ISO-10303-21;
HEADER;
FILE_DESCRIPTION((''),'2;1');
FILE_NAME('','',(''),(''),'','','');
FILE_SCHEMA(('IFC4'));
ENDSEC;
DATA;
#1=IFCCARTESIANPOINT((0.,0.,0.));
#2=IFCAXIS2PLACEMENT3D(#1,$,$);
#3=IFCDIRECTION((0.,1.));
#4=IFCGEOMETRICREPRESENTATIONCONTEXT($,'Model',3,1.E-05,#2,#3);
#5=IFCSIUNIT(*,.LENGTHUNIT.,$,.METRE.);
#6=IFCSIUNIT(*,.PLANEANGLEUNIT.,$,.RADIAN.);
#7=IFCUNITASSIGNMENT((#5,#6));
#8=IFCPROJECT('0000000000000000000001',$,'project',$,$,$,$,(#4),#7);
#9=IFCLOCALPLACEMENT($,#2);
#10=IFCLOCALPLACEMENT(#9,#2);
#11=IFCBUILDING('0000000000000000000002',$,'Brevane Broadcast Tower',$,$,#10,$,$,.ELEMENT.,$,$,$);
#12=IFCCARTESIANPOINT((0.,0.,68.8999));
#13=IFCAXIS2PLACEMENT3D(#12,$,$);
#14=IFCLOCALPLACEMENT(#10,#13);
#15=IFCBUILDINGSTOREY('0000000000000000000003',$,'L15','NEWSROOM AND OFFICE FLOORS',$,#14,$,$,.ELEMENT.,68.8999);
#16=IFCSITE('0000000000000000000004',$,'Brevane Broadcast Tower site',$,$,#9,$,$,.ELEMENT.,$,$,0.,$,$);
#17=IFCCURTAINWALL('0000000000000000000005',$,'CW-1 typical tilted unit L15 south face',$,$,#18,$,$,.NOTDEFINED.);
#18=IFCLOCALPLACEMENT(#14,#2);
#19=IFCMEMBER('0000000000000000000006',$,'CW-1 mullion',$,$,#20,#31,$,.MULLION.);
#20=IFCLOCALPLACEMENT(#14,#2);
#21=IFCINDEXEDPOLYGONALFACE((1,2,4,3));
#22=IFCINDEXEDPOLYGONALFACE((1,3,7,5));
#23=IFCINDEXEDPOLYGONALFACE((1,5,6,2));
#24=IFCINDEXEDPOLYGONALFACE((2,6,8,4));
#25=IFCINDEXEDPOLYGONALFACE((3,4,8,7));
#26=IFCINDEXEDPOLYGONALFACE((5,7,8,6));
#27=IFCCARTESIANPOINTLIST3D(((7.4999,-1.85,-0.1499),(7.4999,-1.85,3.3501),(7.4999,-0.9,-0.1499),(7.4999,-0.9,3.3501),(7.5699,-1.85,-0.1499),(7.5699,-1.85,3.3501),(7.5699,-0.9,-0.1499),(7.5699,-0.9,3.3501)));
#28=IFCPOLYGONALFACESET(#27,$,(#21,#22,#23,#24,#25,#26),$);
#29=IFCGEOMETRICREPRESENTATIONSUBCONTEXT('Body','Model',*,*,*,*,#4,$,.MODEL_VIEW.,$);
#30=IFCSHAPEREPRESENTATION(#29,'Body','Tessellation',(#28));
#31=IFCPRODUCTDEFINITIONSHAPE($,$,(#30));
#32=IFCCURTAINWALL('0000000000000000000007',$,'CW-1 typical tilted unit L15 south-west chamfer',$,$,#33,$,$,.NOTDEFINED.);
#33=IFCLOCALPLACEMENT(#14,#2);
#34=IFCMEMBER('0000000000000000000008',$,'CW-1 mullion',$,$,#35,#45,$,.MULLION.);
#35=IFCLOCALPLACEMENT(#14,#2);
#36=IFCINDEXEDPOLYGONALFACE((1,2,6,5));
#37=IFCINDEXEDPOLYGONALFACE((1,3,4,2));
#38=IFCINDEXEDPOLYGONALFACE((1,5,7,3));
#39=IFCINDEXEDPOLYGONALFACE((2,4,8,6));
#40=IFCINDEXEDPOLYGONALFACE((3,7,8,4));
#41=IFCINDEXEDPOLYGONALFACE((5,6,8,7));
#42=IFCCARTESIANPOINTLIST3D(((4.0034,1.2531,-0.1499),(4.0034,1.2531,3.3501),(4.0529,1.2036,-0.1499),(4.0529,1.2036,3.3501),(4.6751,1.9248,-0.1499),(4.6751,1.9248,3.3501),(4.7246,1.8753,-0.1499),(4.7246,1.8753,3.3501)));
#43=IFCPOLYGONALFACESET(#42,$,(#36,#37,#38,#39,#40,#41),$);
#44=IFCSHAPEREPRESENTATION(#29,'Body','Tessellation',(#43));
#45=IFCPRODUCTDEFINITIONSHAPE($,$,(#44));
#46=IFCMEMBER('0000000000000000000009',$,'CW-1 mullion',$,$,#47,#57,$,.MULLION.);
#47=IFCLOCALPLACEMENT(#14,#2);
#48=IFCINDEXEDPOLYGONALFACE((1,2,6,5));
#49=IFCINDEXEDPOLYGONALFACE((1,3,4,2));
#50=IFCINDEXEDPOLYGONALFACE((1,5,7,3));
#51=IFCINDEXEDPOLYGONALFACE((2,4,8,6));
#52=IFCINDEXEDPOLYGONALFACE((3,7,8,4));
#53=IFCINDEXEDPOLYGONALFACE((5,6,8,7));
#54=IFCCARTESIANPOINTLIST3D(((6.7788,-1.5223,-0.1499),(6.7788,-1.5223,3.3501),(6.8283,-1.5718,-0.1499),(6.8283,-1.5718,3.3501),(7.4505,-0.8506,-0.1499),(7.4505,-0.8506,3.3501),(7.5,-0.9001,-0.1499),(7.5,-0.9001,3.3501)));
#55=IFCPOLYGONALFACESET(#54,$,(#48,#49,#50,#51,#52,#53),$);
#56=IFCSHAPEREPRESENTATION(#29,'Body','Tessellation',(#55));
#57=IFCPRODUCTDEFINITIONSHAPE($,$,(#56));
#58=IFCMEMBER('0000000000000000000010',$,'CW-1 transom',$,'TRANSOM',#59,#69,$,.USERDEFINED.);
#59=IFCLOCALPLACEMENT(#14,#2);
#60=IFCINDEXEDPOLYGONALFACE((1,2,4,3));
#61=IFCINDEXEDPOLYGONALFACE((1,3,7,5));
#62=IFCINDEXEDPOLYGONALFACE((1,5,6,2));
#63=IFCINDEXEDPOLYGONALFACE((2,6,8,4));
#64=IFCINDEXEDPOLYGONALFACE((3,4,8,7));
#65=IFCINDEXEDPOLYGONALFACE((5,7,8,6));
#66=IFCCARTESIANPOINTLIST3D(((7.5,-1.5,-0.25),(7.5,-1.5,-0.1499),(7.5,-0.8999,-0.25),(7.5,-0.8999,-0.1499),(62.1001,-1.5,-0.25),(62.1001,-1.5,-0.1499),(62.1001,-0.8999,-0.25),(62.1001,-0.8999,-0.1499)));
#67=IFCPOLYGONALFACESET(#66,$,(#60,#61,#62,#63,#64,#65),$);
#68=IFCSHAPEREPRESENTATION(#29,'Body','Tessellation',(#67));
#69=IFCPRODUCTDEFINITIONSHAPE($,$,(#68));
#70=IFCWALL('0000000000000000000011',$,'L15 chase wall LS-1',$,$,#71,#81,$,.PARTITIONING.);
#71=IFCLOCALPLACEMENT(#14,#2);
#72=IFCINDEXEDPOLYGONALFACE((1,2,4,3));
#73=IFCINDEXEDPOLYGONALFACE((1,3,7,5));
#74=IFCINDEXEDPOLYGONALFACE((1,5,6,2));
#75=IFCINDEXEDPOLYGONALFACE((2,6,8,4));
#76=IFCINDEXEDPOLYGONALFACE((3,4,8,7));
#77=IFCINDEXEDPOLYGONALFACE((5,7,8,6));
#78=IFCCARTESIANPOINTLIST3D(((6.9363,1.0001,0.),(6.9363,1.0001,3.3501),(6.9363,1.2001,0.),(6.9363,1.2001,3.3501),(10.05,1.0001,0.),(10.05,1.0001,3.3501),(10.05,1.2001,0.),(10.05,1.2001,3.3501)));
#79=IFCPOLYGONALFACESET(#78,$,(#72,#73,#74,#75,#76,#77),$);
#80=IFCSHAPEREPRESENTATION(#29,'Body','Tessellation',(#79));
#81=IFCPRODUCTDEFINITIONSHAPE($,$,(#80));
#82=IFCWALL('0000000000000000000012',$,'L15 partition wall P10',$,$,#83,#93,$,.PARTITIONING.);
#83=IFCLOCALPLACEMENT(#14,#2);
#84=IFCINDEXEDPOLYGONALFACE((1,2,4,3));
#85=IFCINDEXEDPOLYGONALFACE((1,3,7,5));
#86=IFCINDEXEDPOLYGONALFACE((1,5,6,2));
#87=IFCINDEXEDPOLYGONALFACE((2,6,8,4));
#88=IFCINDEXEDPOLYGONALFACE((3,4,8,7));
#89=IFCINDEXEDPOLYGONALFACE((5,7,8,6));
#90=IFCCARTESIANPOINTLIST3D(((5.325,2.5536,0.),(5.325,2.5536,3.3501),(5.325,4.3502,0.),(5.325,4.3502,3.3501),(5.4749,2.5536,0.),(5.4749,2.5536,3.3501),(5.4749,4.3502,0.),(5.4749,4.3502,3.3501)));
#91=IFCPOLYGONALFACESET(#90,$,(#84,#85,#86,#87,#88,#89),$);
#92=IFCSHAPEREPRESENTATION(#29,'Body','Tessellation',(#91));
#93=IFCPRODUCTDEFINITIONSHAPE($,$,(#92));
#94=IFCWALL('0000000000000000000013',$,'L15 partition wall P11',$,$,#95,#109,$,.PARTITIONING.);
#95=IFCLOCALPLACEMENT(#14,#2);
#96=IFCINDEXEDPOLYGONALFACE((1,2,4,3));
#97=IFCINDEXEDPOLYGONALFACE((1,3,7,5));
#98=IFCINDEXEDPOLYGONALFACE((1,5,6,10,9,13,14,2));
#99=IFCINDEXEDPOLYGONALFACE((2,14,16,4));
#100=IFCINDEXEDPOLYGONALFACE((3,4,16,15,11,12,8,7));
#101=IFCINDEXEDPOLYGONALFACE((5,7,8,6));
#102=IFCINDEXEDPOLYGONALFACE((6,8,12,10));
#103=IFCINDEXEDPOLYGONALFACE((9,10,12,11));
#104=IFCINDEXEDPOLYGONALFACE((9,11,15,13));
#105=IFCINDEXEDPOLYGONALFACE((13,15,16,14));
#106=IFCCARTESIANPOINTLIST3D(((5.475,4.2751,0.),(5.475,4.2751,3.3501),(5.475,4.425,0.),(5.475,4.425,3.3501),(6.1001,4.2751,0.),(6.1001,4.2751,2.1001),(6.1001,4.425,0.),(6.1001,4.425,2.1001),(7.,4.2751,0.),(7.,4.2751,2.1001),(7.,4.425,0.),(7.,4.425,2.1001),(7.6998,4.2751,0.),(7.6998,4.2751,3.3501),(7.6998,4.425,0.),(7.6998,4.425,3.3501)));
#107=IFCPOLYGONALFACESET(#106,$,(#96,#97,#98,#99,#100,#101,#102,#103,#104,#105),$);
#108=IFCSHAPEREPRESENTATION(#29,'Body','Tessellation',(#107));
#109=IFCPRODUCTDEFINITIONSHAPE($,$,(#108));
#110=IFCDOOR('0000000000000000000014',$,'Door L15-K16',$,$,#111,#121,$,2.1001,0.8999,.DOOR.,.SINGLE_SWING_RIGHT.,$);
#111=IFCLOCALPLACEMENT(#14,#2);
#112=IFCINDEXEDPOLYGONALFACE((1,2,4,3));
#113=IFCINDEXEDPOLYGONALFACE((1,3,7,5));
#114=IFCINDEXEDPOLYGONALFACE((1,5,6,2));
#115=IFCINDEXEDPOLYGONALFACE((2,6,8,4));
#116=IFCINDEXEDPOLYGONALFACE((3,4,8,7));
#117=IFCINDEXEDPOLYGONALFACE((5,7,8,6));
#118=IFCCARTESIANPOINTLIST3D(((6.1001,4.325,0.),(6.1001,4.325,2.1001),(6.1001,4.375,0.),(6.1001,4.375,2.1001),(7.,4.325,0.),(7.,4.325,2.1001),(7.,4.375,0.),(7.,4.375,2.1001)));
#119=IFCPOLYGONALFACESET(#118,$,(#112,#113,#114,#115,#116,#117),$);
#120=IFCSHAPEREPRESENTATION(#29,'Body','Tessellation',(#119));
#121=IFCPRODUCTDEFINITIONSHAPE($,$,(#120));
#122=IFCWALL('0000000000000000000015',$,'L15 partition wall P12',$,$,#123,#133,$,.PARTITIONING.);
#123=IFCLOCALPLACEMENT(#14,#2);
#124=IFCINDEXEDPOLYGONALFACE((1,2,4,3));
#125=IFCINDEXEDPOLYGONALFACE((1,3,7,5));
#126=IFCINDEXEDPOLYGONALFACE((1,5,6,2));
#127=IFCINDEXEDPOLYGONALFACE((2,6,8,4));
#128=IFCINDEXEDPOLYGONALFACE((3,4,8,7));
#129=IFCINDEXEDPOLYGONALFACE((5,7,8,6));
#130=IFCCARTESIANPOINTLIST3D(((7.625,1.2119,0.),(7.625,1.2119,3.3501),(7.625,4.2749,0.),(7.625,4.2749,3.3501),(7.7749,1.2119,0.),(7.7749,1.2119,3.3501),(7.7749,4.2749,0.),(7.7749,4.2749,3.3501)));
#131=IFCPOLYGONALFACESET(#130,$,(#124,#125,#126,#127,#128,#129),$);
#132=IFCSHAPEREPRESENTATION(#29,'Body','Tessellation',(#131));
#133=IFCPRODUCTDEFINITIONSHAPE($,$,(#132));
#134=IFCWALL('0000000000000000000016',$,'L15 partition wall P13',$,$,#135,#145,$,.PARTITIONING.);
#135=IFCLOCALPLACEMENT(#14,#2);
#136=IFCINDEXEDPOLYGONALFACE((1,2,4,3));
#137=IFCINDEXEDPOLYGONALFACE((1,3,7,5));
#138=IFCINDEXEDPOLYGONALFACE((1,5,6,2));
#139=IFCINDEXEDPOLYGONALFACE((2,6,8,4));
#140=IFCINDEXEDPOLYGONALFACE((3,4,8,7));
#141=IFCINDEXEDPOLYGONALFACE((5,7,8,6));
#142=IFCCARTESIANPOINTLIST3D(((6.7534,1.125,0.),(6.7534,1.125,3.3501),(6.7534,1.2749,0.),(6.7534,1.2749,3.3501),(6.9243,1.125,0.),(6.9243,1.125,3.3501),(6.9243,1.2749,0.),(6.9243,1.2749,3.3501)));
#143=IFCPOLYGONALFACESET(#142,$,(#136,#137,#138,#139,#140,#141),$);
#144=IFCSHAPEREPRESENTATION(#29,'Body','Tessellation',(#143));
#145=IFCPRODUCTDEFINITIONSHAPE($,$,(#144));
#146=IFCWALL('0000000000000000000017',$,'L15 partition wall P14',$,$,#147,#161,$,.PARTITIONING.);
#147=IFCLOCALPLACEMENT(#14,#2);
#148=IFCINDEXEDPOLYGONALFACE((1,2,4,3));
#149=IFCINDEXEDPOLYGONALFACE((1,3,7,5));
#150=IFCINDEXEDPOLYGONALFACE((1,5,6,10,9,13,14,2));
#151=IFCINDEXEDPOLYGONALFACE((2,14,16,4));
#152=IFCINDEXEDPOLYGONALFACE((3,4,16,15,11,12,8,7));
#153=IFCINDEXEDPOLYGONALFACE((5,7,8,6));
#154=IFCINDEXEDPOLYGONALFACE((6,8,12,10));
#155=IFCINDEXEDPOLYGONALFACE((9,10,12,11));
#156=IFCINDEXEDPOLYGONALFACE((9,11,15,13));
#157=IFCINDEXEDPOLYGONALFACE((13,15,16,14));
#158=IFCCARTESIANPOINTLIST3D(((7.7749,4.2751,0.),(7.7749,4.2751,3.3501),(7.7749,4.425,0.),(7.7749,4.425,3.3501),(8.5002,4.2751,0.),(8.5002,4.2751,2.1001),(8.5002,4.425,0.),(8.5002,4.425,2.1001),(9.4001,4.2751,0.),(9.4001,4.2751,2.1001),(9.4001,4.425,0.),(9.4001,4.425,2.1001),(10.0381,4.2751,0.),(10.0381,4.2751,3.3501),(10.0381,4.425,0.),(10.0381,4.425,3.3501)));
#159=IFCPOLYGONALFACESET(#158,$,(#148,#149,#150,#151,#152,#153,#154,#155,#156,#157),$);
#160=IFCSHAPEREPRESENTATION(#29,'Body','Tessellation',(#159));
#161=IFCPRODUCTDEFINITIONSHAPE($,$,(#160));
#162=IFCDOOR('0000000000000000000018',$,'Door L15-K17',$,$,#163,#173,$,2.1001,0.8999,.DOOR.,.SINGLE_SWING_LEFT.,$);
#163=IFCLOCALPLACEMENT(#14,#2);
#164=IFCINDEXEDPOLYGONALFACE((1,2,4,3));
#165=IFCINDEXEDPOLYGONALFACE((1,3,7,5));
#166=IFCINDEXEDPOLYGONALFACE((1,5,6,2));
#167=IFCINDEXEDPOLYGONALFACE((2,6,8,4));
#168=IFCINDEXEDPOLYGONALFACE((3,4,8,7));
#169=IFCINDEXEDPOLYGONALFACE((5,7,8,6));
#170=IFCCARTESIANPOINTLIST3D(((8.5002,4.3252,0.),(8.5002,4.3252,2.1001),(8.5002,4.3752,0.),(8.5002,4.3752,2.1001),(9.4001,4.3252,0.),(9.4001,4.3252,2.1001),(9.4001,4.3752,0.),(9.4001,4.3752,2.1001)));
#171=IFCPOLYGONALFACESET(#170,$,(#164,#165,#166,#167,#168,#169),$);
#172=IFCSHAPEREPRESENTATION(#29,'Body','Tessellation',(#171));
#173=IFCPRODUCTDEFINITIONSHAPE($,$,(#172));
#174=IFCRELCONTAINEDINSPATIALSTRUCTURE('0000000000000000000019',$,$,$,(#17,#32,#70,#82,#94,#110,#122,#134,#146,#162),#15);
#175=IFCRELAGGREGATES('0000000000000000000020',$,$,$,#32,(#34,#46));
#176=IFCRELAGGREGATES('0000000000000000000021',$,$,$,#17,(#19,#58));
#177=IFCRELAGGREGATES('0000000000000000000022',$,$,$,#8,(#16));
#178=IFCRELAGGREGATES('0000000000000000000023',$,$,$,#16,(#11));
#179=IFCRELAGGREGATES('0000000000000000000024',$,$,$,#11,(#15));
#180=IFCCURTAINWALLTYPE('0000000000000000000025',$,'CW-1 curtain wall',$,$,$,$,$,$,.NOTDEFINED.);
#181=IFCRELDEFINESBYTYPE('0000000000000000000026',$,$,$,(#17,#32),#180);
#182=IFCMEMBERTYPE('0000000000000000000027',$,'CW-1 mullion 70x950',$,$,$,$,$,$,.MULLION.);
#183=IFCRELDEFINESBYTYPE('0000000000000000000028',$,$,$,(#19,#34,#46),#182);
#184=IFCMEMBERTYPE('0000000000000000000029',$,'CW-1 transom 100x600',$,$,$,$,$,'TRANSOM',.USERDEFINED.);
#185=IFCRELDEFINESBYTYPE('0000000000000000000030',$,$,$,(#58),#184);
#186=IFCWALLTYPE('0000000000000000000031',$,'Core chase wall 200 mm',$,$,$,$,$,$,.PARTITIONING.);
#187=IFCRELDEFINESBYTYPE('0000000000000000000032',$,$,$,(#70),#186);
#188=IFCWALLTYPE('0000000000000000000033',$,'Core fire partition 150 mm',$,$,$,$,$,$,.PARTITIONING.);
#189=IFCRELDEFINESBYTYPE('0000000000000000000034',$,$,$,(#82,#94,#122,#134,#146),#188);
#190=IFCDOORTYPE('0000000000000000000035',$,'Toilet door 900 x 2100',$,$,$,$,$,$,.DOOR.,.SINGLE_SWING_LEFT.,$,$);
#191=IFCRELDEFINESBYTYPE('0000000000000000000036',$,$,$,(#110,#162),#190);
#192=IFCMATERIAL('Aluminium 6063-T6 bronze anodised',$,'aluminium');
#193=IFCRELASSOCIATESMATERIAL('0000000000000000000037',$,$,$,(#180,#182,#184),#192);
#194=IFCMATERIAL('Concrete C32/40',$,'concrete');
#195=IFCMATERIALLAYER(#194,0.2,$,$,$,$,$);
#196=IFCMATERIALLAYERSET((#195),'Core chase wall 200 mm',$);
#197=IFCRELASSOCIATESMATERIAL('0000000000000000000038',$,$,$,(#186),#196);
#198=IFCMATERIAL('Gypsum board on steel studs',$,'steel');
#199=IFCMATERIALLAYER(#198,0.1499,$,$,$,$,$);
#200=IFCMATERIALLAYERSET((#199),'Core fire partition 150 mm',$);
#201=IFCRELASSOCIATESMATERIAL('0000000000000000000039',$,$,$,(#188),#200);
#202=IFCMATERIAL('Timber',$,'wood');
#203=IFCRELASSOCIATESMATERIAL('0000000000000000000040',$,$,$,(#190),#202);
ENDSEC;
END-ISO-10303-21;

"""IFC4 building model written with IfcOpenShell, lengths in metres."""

from ifc_helpers import new_model, si_unit, direction, frame, frame_2d, origin, origin_2d, place, context, subcontext, project, spatial, rectangle, extrude, material, layer, layer_set, material_profile, profile_set, type_object, element, fill, aggregate, save


model = new_model("IFC4")

# Units and contexts
model_context = context("Model", 3, precision=1e-05, world=origin(), true_north=direction((0.0, 1.0)))
body_context = subcontext(model_context, "Body", "Model", "MODEL_VIEW")
ifc_project = project(units=[si_unit("LENGTHUNIT", "METRE"), si_unit("PLANEANGLEUNIT", "RADIAN")], contexts=[model_context])

# Site, building, storey
site_placement = place(None, origin())
site = spatial("IfcSite", under=ifc_project, at=site_placement, Name="Brevane Broadcast Tower site", CompositionType="ELEMENT", RefElevation=0.0)
building_placement = place(site_placement, origin())
building = spatial("IfcBuilding", under=site, at=building_placement, Name="Brevane Broadcast Tower", CompositionType="ELEMENT")
storey_placement = place(building_placement, frame((0.0, 0.0, 68.8999)))
storey = spatial("IfcBuildingStorey", under=building, at=storey_placement, Name="L15", Description="NEWSROOM AND OFFICE FLOORS", CompositionType="ELEMENT", Elevation=68.8999)

# Curtain wall, member
ifc_material_1 = material(Name="Aluminium 6063-T6 bronze anodised", Category="aluminium")
curtain_wall_type = type_object("IfcCurtainWallType", Name="CW-1 curtain wall", PredefinedType="NOTDEFINED", material=ifc_material_1)
curtain_wall_1_placement = place(storey_placement, origin())
curtain_wall_1 = element("IfcCurtainWall", 1, at=curtain_wall_1_placement, inside=storey, type_object=curtain_wall_type, Name="CW-1 typical tilted unit L15 south face", PredefinedType="NOTDEFINED")
ifc_material_profile_1 = material_profile(ifc_material_1, rectangle(XDim=0.95, YDim=0.0701, at=origin_2d()), Name="RECT 70x950")
ifc_profile_set_1 = profile_set([ifc_material_profile_1], Name="Aluminium 6063-T6 bronze anodised")
member_type_1 = type_object("IfcMemberType", Name="CW-1 mullion 70x950", PredefinedType="MULLION", material=ifc_profile_set_1)
member_1_placement = place(storey_placement, frame((7.5349, -1.375, -0.1499), z_axis=(0.0, 0.0, 1.0), x_axis=(0.0, 1.0, 0.0)))
member_1 = element("IfcMember", 2, at=member_1_placement, type_object=member_type_1, Name="CW-1 mullion", PredefinedType="MULLION", context=body_context, shape_type="SweptSolid", body=[
    extrude(rectangle(XDim=0.95, YDim=0.0701, at=origin_2d()), origin(), (0.0, 0.0, 1.0), 3.5),
])

# Curtain wall, members
curtain_wall_2_placement = place(storey_placement, origin())
curtain_wall_2 = element("IfcCurtainWall", 3, at=curtain_wall_2_placement, inside=storey, type_object=curtain_wall_type, Name="CW-1 typical tilted unit L15 south-west chamfer", PredefinedType="NOTDEFINED")
member_2_placement = place(storey_placement, frame((4.364, 1.5642, -0.1499), z_axis=(0.0, 0.0, 1.0), x_axis=(0.707107, 0.707107, 0.0)))
member_2 = element("IfcMember", 4, at=member_2_placement, type_object=member_type_1, Name="CW-1 mullion", PredefinedType="MULLION", context=body_context, shape_type="SweptSolid", body=[
    extrude(rectangle(XDim=0.95, YDim=0.0701, at=origin_2d()), origin(), (0.0, 0.0, 1.0), 3.5),
])
member_3_placement = place(storey_placement, frame((7.1394, -1.2112, -0.1499), z_axis=(0.0, 0.0, 1.0), x_axis=(0.707107, 0.707107, 0.0)))
member_3 = element("IfcMember", 5, at=member_3_placement, type_object=member_type_1, Name="CW-1 mullion", PredefinedType="MULLION", context=body_context, shape_type="SweptSolid", body=[
    extrude(rectangle(XDim=0.95, YDim=0.0701, at=origin_2d()), origin(), (0.0, 0.0, 1.0), 3.5),
])
aggregate(curtain_wall_2, [member_2, member_3])

# Member
ifc_material_profile_2 = material_profile(ifc_material_1, rectangle(XDim=0.6001, YDim=0.1001, at=origin_2d()), Name="RECT 100x600")
ifc_profile_set_2 = profile_set([ifc_material_profile_2], Name="Aluminium 6063-T6 bronze anodised")
member_type_2 = type_object("IfcMemberType", Name="CW-1 transom 100x600", ElementType="TRANSOM", PredefinedType="USERDEFINED", material=ifc_profile_set_2)
member_4_placement = place(storey_placement, frame((7.5, -1.2, -0.2), z_axis=(1.0, 0.0, 0.0), x_axis=(0.0, 1.0, 0.0)))
member_4 = element("IfcMember", 6, at=member_4_placement, type_object=member_type_2, Name="CW-1 transom", ObjectType="TRANSOM", PredefinedType="USERDEFINED", context=body_context, shape_type="SweptSolid", body=[
    extrude(rectangle(XDim=0.6001, YDim=0.1001, at=origin_2d()), origin(), (0.0, 0.0, 1.0), 54.6001),
])
aggregate(curtain_wall_1, [member_1, member_4])

# Walls
ifc_material_2 = material(Name="Concrete C32/40", Category="concrete")
ifc_layer_1 = layer(ifc_material_2, 0.2)
ifc_layer_set_1 = layer_set([ifc_layer_1], Name="Core chase wall 200 mm")
wall_type_1 = type_object("IfcWallType", Name="Core chase wall 200 mm", PredefinedType="PARTITIONING", material=ifc_layer_set_1)
wall_1_placement = place(storey_placement, frame((6.9363, 1.1001, 0.0), z_axis=(0.0, 0.0, 1.0), x_axis=(1.0, 0.0, 0.0)))
element("IfcWall", 7, at=wall_1_placement, inside=storey, type_object=wall_type_1, Name="L15 chase wall LS-1", PredefinedType="PARTITIONING", context=body_context, shape_type="SweptSolid", body=[
    extrude(rectangle(XDim=3.1138, YDim=0.2, at=frame_2d((1.5569, 0.0))), origin(), (0.0, 0.0, 1.0), 3.3501),
])
ifc_material_3 = material(Name="Gypsum board on steel studs", Category="steel")
ifc_layer_2 = layer(ifc_material_3, 0.1499)
ifc_layer_set_2 = layer_set([ifc_layer_2], Name="Core fire partition 150 mm")
wall_type_2 = type_object("IfcWallType", Name="Core fire partition 150 mm", PredefinedType="PARTITIONING", material=ifc_layer_set_2)
wall_2_placement = place(storey_placement, frame((5.3999, 2.5535, 0.0), z_axis=(0.0, 0.0, 1.0), x_axis=(0.0, 1.0, 0.0)))
element("IfcWall", 8, at=wall_2_placement, inside=storey, type_object=wall_type_2, Name="L15 partition wall P10", PredefinedType="PARTITIONING", context=body_context, shape_type="SweptSolid", body=[
    extrude(rectangle(XDim=1.7966, YDim=0.1499, at=frame_2d((0.8984, 0.0))), origin(), (0.0, 0.0, 1.0), 3.3501),
])

# Wall, opening, door
wall_3_placement = place(storey_placement, frame((5.4751, 4.3501, 0.0), z_axis=(0.0, 0.0, 1.0), x_axis=(1.0, 0.0, 0.0)))
wall_3 = element("IfcWall", 9, at=wall_3_placement, inside=storey, type_object=wall_type_2, Name="L15 partition wall P11", PredefinedType="PARTITIONING", context=body_context, shape_type="SweptSolid", body=[
    extrude(rectangle(XDim=2.2249, YDim=0.1499, at=frame_2d((1.1123, 0.0))), origin(), (0.0, 0.0, 1.0), 3.3501),
])
opening_1_placement = place(wall_3_placement, frame((0.625, 0.0, 0.0)))
opening_1 = element("IfcOpeningElement", 10, at=opening_1_placement, cuts=wall_3, PredefinedType="OPENING", context=body_context, shape_type="SweptSolid", body=[
    extrude(rectangle(XDim=0.8999, YDim=2.1001, at=frame_2d((0.45, 1.05))), frame((0.0, 0.085, 0.0), z_axis=(0.0, -1.0, 0.0), x_axis=(1.0, 0.0, 0.0)), (0.0, 0.0, 1.0), 0.1699),
])
ifc_material_4 = material(Name="Timber", Category="wood")
door_type = type_object("IfcDoorType", Name="Toilet door 900 x 2100", OperationType="SINGLE_SWING_LEFT", PredefinedType="DOOR", material=ifc_material_4)
door_1_placement = place(opening_1_placement, origin())
door_1 = element("IfcDoor", 11, at=door_1_placement, inside=storey, type_object=door_type, Name="Door L15-K16", OperationType="SINGLE_SWING_RIGHT", OverallHeight=2.1001, OverallWidth=0.8999, PredefinedType="DOOR", context=body_context, shape_type="SweptSolid", body=[
    extrude(rectangle(XDim=0.8999, YDim=2.1001, at=frame_2d((0.45, 1.05))), frame((0.0, 0.0249, 0.0), z_axis=(0.0, -1.0, 0.0), x_axis=(1.0, 0.0, 0.0)), (0.0, 0.0, 1.0), 0.05),
])
fill(opening_1, door_1)

# Walls
wall_4_placement = place(storey_placement, frame((7.7, 4.2749, 0.0), z_axis=(0.0, 0.0, 1.0), x_axis=(0.0, -1.0, 0.0)))
element("IfcWall", 12, at=wall_4_placement, inside=storey, type_object=wall_type_2, Name="L15 partition wall P12", PredefinedType="PARTITIONING", context=body_context, shape_type="SweptSolid", body=[
    extrude(rectangle(XDim=3.063, YDim=0.1499, at=frame_2d((1.5315, 0.0))), origin(), (0.0, 0.0, 1.0), 3.3501),
])
wall_5_placement = place(storey_placement, frame((6.9243, 1.2, 0.0), z_axis=(0.0, 0.0, 1.0), x_axis=(-1.0, 0.0, 0.0)))
element("IfcWall", 13, at=wall_5_placement, inside=storey, type_object=wall_type_2, Name="L15 partition wall P13", PredefinedType="PARTITIONING", context=body_context, shape_type="SweptSolid", body=[
    extrude(rectangle(XDim=0.1709, YDim=0.1499, at=frame_2d((0.0854, 0.0))), origin(), (0.0, 0.0, 1.0), 3.3501),
])

# Wall, opening, door
wall_6_placement = place(storey_placement, frame((10.0381, 4.3501, 0.0), z_axis=(0.0, 0.0, 1.0), x_axis=(-1.0, 0.0, 0.0)))
wall_6 = element("IfcWall", 14, at=wall_6_placement, inside=storey, type_object=wall_type_2, Name="L15 partition wall P14", PredefinedType="PARTITIONING", context=body_context, shape_type="SweptSolid", body=[
    extrude(rectangle(XDim=2.2632, YDim=0.1499, at=frame_2d((1.1316, 0.0))), origin(), (0.0, 0.0, 1.0), 3.3501),
])
opening_2_placement = place(wall_6_placement, frame((0.6379, 0.0, 0.0)))
opening_2 = element("IfcOpeningElement", 15, at=opening_2_placement, cuts=wall_6, PredefinedType="OPENING", context=body_context, shape_type="SweptSolid", body=[
    extrude(rectangle(XDim=0.8999, YDim=2.1001, at=frame_2d((0.45, 1.05))), frame((0.0, 0.085, 0.0), z_axis=(0.0, -1.0, 0.0), x_axis=(1.0, 0.0, 0.0)), (0.0, 0.0, 1.0), 0.1699),
])
door_2_placement = place(opening_2_placement, origin())
door_2 = element("IfcDoor", 16, at=door_2_placement, inside=storey, type_object=door_type, Name="Door L15-K17", OperationType="SINGLE_SWING_LEFT", OverallHeight=2.1001, OverallWidth=0.8999, PredefinedType="DOOR", context=body_context, shape_type="SweptSolid", body=[
    extrude(rectangle(XDim=0.8999, YDim=2.1001, at=frame_2d((0.45, 1.05))), frame((0.0, 0.0249, 0.0), z_axis=(0.0, -1.0, 0.0), x_axis=(1.0, 0.0, 0.0)), (0.0, 0.0, 1.0), 0.05),
])
fill(opening_2, door_2)

save(model, "model.ifc")
